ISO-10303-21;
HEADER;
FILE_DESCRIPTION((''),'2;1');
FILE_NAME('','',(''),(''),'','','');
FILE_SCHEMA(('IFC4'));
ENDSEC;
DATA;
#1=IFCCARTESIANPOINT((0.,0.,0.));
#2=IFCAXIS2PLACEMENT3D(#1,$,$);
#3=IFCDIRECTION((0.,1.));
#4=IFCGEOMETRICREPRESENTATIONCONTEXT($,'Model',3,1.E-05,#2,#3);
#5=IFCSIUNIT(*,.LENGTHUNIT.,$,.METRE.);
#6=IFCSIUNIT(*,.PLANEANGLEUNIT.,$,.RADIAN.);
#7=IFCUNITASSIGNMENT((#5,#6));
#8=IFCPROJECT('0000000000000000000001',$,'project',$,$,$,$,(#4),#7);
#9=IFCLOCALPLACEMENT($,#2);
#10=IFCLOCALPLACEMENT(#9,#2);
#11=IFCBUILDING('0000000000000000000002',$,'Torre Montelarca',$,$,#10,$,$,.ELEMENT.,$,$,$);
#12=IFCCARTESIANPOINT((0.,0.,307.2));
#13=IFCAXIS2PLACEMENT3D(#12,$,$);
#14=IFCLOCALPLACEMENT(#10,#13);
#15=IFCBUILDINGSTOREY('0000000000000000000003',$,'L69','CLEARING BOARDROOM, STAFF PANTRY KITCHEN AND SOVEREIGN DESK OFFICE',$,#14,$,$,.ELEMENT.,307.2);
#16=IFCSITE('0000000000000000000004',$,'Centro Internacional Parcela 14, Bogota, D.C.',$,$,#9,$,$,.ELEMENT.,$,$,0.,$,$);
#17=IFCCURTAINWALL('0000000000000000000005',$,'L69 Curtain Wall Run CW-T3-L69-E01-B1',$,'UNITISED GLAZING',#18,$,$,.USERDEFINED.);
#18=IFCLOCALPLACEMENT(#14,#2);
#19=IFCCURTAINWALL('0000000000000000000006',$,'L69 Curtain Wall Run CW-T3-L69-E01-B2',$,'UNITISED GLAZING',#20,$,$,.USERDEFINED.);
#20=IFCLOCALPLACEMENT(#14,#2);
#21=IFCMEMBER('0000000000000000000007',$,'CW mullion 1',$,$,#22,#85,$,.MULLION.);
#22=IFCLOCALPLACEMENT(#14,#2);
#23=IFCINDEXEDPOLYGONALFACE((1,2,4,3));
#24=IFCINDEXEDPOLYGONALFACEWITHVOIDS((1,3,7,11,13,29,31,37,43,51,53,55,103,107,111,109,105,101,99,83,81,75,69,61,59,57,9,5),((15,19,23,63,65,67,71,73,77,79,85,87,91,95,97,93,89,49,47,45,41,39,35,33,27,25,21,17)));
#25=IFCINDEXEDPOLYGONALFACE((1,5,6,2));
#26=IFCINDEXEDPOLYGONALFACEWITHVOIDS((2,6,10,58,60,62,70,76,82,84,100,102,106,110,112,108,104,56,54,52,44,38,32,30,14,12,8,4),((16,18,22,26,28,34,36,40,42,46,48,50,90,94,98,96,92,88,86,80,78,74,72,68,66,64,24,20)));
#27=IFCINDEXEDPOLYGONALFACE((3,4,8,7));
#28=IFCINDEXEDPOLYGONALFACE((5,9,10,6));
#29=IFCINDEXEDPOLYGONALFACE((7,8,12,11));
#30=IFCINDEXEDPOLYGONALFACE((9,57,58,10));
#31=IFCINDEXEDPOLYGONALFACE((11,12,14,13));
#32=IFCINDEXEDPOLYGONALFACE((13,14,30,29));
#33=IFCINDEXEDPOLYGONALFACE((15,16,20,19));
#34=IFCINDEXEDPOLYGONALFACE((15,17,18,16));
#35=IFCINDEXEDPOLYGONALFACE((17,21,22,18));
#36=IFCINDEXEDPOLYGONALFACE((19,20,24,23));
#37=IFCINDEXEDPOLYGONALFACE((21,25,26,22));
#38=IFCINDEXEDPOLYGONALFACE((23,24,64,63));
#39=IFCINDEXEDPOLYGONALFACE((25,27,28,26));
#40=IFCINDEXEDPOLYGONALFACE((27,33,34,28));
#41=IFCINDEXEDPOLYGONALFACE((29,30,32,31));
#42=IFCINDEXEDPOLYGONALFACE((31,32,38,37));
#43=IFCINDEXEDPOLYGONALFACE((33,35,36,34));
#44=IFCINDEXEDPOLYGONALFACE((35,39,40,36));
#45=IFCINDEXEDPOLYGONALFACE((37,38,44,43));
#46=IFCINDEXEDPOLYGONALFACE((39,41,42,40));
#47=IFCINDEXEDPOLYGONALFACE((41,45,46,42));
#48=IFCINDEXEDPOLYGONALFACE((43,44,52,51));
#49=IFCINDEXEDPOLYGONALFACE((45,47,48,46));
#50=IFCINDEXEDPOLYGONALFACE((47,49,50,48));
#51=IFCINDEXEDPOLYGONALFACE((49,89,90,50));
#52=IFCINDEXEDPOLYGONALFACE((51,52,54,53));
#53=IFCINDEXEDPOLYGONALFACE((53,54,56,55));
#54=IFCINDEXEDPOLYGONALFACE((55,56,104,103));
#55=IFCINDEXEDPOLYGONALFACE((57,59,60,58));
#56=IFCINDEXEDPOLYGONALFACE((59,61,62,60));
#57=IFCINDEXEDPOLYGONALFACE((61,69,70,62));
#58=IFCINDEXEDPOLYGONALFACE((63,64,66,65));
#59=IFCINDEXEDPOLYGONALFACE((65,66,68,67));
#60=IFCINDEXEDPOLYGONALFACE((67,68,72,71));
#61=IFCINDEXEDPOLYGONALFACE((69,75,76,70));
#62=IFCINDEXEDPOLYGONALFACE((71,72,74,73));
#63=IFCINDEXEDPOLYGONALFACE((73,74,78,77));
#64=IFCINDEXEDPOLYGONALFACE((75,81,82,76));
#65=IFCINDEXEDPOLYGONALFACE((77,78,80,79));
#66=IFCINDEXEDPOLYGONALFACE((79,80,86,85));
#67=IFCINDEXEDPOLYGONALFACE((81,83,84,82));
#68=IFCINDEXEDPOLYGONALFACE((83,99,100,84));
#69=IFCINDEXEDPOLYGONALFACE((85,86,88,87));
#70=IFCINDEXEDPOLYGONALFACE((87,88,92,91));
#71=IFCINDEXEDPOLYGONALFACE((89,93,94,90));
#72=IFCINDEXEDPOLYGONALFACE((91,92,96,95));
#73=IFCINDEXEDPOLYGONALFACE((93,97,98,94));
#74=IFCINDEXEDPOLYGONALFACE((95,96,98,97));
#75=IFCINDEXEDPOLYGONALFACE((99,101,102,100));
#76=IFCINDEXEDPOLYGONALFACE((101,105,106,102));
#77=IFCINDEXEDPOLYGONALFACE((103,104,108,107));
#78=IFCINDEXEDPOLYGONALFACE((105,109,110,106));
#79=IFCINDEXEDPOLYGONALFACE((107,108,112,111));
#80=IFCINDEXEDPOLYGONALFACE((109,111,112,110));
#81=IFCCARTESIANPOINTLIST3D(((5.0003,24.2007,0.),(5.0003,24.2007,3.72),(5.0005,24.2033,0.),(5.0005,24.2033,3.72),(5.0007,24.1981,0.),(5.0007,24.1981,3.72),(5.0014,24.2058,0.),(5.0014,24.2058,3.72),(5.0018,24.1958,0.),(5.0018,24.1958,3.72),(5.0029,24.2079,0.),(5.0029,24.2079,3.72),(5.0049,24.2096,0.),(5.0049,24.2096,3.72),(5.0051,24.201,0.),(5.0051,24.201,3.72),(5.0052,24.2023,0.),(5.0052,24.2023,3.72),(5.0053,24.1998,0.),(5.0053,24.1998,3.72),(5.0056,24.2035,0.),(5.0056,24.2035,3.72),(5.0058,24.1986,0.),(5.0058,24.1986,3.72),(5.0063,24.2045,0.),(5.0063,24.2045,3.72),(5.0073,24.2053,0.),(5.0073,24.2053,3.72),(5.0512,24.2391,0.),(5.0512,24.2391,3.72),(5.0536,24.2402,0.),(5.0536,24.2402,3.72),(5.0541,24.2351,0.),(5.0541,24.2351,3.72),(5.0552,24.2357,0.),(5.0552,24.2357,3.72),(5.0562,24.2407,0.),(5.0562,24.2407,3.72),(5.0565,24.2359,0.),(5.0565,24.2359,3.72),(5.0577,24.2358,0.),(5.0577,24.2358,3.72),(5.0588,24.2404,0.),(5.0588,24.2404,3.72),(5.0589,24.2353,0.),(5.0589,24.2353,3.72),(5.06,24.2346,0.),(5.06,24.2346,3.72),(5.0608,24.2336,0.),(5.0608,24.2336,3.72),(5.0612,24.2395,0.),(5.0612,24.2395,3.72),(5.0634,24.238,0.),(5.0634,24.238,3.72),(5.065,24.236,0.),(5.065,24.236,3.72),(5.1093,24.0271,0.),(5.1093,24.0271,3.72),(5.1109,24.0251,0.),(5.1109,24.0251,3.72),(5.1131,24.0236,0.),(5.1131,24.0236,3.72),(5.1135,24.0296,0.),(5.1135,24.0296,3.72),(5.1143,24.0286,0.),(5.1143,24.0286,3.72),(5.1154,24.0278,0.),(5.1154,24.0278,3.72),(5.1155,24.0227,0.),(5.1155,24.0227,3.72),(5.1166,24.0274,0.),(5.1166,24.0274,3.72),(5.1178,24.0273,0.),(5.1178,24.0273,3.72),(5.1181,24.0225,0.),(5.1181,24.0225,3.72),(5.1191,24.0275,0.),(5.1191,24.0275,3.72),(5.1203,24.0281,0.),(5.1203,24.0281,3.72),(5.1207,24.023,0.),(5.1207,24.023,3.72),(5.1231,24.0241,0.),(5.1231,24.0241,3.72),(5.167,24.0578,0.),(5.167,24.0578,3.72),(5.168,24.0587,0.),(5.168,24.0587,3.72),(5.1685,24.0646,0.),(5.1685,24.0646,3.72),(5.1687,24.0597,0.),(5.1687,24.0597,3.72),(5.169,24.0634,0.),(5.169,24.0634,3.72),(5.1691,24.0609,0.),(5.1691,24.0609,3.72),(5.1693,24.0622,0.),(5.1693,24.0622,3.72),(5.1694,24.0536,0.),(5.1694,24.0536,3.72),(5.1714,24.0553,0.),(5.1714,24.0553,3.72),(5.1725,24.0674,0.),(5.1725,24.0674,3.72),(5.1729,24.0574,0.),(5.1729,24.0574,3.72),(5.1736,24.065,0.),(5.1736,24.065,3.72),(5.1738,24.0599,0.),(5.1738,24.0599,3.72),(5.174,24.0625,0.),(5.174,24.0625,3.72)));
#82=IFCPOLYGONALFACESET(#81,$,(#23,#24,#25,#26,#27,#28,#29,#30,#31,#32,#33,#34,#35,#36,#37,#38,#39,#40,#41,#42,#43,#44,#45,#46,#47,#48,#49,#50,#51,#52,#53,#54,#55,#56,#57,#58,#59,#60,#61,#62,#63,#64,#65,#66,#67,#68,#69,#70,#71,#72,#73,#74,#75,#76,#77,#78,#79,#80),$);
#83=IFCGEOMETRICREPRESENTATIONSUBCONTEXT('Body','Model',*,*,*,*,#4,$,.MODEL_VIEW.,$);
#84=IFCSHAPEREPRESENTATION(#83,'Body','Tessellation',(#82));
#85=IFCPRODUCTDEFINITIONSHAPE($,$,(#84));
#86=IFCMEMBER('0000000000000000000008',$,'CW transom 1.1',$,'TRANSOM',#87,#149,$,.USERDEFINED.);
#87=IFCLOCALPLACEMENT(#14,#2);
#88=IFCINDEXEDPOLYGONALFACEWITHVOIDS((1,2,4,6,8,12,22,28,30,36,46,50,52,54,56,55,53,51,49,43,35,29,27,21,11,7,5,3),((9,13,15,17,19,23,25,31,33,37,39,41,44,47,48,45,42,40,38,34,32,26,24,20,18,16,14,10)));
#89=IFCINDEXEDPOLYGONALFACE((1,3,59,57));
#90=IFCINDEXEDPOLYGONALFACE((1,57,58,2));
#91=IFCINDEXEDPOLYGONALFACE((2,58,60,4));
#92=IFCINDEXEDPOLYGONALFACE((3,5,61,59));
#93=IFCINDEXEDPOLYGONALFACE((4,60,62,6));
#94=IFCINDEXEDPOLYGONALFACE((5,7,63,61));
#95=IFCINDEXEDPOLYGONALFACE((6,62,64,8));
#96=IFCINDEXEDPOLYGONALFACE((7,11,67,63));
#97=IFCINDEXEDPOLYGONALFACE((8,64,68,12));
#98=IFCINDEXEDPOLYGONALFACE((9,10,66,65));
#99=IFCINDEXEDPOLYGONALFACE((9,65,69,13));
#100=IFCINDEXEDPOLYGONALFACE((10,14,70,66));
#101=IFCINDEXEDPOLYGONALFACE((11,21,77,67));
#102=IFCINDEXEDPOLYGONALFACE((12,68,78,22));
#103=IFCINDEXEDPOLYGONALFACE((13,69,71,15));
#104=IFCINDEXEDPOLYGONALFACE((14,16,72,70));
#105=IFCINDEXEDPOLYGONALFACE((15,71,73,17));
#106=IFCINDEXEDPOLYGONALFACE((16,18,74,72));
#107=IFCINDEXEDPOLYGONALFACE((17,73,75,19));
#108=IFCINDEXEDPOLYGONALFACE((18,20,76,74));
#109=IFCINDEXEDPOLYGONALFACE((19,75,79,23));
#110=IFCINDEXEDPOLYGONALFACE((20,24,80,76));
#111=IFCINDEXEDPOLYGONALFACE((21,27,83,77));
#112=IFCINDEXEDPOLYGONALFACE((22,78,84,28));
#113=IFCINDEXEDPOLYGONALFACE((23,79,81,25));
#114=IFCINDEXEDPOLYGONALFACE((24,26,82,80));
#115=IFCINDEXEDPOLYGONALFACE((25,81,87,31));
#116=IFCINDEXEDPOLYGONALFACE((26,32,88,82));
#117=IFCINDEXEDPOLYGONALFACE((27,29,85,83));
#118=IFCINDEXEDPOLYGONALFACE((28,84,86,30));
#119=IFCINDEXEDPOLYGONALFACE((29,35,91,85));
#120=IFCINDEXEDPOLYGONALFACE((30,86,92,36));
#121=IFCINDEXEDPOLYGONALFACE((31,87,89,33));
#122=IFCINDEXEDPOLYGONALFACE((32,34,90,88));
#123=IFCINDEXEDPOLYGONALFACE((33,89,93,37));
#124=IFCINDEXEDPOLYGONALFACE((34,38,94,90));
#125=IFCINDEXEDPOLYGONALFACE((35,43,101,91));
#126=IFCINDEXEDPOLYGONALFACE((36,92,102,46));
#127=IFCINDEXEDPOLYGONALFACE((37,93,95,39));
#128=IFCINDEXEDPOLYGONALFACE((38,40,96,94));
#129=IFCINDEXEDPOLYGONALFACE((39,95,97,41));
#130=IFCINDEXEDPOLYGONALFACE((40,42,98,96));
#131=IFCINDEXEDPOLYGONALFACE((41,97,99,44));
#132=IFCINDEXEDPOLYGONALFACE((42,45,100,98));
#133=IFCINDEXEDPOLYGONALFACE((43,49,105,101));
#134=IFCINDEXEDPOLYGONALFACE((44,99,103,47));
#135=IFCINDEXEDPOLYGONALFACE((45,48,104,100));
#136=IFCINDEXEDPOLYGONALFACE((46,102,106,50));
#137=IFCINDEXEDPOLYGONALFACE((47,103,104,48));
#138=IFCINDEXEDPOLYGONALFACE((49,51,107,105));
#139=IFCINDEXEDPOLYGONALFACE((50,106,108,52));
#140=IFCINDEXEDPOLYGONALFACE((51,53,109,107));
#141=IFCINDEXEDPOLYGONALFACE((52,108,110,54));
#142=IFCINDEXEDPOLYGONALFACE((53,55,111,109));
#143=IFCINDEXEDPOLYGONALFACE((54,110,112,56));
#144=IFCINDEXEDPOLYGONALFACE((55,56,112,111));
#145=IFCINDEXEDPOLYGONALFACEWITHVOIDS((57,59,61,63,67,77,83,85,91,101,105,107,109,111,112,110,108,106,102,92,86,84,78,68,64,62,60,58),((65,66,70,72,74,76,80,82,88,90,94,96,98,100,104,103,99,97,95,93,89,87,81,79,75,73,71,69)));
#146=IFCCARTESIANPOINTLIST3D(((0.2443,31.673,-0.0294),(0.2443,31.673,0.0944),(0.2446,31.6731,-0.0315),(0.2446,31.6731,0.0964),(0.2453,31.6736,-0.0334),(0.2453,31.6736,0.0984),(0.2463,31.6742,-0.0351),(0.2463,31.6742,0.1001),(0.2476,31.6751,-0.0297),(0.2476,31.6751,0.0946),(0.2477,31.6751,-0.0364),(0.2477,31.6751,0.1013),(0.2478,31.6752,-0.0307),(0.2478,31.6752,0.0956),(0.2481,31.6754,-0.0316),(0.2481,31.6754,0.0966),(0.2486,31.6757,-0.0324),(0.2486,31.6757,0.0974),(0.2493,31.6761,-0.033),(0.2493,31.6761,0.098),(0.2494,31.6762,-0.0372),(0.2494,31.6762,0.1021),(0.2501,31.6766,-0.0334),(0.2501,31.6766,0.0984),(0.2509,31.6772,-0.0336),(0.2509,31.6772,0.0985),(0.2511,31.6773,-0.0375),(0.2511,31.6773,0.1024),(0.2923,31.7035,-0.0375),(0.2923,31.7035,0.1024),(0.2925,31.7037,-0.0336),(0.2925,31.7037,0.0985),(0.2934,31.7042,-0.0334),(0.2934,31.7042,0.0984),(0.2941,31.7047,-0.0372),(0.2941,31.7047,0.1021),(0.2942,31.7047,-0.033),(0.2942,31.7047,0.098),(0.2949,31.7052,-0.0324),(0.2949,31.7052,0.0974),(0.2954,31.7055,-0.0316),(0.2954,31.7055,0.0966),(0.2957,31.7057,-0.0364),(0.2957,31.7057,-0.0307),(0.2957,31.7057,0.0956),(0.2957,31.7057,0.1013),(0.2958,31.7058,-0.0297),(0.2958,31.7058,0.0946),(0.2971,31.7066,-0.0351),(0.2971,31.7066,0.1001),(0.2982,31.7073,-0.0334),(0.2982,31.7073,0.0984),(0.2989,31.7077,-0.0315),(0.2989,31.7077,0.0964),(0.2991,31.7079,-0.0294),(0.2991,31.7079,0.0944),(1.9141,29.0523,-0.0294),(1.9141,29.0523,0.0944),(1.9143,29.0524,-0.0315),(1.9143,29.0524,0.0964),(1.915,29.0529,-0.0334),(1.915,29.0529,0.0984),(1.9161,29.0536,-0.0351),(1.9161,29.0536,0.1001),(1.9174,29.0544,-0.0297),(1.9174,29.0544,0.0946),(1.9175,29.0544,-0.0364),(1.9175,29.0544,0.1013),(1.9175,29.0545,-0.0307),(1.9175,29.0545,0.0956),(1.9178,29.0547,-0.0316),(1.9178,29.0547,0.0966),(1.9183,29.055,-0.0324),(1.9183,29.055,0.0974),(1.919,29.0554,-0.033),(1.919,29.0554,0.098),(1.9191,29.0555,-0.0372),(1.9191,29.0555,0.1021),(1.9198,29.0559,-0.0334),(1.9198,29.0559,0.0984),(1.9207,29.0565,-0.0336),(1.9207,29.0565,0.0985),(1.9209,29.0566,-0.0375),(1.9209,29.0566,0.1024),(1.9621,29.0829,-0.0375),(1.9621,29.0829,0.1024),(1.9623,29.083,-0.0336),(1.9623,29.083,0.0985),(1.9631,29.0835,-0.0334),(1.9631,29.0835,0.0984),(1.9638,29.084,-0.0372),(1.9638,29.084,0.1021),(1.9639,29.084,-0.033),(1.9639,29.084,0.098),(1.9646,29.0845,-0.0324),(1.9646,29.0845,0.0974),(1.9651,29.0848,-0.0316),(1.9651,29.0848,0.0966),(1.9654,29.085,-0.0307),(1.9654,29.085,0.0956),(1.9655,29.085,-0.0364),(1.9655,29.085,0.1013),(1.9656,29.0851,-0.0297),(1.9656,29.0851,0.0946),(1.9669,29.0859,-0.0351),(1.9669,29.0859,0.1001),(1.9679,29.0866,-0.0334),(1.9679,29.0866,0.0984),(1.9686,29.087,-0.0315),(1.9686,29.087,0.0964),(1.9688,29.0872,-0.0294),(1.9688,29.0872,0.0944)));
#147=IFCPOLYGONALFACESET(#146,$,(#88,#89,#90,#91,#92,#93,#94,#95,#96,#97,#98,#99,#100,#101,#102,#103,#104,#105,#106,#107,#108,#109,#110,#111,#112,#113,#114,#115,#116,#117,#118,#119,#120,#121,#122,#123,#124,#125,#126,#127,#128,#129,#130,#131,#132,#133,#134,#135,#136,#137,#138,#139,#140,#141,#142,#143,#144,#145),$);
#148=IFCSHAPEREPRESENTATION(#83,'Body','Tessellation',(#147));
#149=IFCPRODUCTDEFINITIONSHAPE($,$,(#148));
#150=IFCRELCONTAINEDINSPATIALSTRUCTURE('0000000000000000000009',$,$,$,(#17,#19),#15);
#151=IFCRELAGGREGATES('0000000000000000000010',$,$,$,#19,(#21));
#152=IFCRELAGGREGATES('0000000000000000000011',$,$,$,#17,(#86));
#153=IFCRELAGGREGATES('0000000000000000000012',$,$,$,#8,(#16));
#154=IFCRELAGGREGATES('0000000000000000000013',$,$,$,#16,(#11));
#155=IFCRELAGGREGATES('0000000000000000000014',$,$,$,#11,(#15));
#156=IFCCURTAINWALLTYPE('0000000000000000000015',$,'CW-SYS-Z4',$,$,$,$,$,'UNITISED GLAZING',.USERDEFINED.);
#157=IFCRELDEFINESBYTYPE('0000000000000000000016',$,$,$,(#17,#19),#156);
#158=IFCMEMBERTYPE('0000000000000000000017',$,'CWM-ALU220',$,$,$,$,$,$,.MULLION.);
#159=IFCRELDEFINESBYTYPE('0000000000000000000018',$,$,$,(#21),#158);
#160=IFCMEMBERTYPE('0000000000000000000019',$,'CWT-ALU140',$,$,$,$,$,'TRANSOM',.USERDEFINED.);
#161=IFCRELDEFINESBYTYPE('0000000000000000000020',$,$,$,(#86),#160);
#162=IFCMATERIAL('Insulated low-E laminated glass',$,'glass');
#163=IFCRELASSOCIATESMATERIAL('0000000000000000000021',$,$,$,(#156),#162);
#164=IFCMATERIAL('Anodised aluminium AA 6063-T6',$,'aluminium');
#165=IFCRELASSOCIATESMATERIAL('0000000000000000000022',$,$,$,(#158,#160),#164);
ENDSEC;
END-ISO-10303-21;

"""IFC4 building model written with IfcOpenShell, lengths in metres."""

from ifc_helpers import new_model, si_unit, direction, frame, origin, origin_2d, place, context, subcontext, project, spatial, hollow_rectangle, extrude, source, transform, mapped, material, material_profile, profile_set, type_object, element, aggregate, save


model = new_model("IFC4")

# Units and contexts
model_context = context("Model", 3, precision=1e-05, world=origin(), true_north=direction((0.0, 1.0)))
body_context = subcontext(model_context, "Body", "Model", "MODEL_VIEW")
ifc_project = project(units=[si_unit("LENGTHUNIT", "METRE"), si_unit("PLANEANGLEUNIT", "RADIAN")], contexts=[model_context])

# Site, building, storey
site_placement = place(None, origin())
site = spatial("IfcSite", under=ifc_project, at=site_placement, Name="Centro Internacional Parcela 14, Bogota, D.C.", CompositionType="ELEMENT", RefElevation=0.0)
building_placement = place(site_placement, origin())
building = spatial("IfcBuilding", under=site, at=building_placement, Name="Torre Montelarca", CompositionType="ELEMENT")
storey_placement = place(building_placement, frame((0.0, 0.0, 307.2)))
storey = spatial("IfcBuildingStorey", under=building, at=storey_placement, Name="L69", Description="CLEARING BOARDROOM, STAFF PANTRY KITCHEN AND SOVEREIGN DESK OFFICE", CompositionType="ELEMENT", Elevation=307.2)

# Curtain wall
ifc_material_1 = material(Name="Insulated low-E laminated glass", Category="glass")
curtain_wall_type = type_object("IfcCurtainWallType", Name="CW-SYS-Z4", ElementType="UNITISED GLAZING", PredefinedType="USERDEFINED", material=ifc_material_1)
curtain_wall_1_placement = place(storey_placement, origin())
curtain_wall_1 = element("IfcCurtainWall", 1, at=curtain_wall_1_placement, inside=storey, type_object=curtain_wall_type, Name="L69 Curtain Wall Run CW-T3-L69-E01-B1", ObjectType="UNITISED GLAZING", PredefinedType="USERDEFINED")
ifc_material_2 = material(Name="Anodised aluminium AA 6063-T6", Category="aluminium")
ifc_material_profile_1 = material_profile(ifc_material_2, hollow_rectangle(XDim=0.075, YDim=0.22, WallThickness=0.0049, InnerFilletRadius=0.0049, OuterFilletRadius=0.01, at=origin_2d()), Name="ALU75X220X5", Category="aluminium")
ifc_profile_set_1 = profile_set([ifc_material_profile_1], Name="Anodised aluminium AA 6063-T6")
member_type_1 = type_object("IfcMemberType", Name="CWM-ALU220", PredefinedType="MULLION", material=ifc_profile_set_1)
shared_shape_1 = source(origin(), body_context, "Body", "SweptSolid", [
    extrude(hollow_rectangle(XDim=0.075, YDim=0.22, WallThickness=0.0049, InnerFilletRadius=0.0049, OuterFilletRadius=0.01, at=origin_2d()), origin(), (0.0, 0.0, 1.0), 3.72),
])

# Curtain wall, member
curtain_wall_2_placement = place(storey_placement, origin())
curtain_wall_2 = element("IfcCurtainWall", 2, at=curtain_wall_2_placement, inside=storey, type_object=curtain_wall_type, Name="L69 Curtain Wall Run CW-T3-L69-E01-B2", ObjectType="UNITISED GLAZING", PredefinedType="USERDEFINED")
member_1_placement = place(storey_placement, frame((5.0872, 24.1316, 0.0), z_axis=(0.0, 0.0, 1.0), x_axis=(0.84339, 0.537301, 0.0)))
member_1 = element("IfcMember", 3, at=member_1_placement, type_object=member_type_1, Name="CW mullion 1", PredefinedType="MULLION", context=body_context, shape_type="MappedRepresentation", body=[
    mapped(shared_shape_1, transform((0.0, 0.0, 0.0), scale=1.0)),
])

# Member
ifc_material_profile_2 = material_profile(ifc_material_2, hollow_rectangle(XDim=0.0649, YDim=0.1399, WallThickness=0.0039, InnerFilletRadius=0.0039, OuterFilletRadius=0.0081, at=origin_2d()), Name="ALU65X140X4", Category="aluminium")
ifc_profile_set_2 = profile_set([ifc_material_profile_2], Name="Anodised aluminium AA 6063-T6")
member_type_2 = type_object("IfcMemberType", Name="CWT-ALU140", ElementType="TRANSOM", PredefinedType="USERDEFINED", material=ifc_profile_set_2)
shared_shape_2 = source(origin(), body_context, "Body", "SweptSolid", [
    extrude(hollow_rectangle(XDim=0.0649, YDim=0.1399, WallThickness=0.0039, InnerFilletRadius=0.0039, OuterFilletRadius=0.0081, at=origin_2d()), origin(), (0.0, 0.0, 1.0), 3.1074),
])
member_2_placement = place(storey_placement, frame((0.2717, 31.6904, 0.0325), z_axis=(0.537338, -0.843367, 0.0), x_axis=(0.843367, 0.537338, 0.0)))
member_2 = element("IfcMember", 4, at=member_2_placement, type_object=member_type_2, Name="CW transom 1.1", ObjectType="TRANSOM", PredefinedType="USERDEFINED", context=body_context, shape_type="MappedRepresentation", body=[
    mapped(shared_shape_2, transform((0.0, 0.0, 0.0), scale=1.0)),
])
aggregate(curtain_wall_2, [member_1])

aggregate(curtain_wall_1, [member_2])

save(model, "model.ifc")
